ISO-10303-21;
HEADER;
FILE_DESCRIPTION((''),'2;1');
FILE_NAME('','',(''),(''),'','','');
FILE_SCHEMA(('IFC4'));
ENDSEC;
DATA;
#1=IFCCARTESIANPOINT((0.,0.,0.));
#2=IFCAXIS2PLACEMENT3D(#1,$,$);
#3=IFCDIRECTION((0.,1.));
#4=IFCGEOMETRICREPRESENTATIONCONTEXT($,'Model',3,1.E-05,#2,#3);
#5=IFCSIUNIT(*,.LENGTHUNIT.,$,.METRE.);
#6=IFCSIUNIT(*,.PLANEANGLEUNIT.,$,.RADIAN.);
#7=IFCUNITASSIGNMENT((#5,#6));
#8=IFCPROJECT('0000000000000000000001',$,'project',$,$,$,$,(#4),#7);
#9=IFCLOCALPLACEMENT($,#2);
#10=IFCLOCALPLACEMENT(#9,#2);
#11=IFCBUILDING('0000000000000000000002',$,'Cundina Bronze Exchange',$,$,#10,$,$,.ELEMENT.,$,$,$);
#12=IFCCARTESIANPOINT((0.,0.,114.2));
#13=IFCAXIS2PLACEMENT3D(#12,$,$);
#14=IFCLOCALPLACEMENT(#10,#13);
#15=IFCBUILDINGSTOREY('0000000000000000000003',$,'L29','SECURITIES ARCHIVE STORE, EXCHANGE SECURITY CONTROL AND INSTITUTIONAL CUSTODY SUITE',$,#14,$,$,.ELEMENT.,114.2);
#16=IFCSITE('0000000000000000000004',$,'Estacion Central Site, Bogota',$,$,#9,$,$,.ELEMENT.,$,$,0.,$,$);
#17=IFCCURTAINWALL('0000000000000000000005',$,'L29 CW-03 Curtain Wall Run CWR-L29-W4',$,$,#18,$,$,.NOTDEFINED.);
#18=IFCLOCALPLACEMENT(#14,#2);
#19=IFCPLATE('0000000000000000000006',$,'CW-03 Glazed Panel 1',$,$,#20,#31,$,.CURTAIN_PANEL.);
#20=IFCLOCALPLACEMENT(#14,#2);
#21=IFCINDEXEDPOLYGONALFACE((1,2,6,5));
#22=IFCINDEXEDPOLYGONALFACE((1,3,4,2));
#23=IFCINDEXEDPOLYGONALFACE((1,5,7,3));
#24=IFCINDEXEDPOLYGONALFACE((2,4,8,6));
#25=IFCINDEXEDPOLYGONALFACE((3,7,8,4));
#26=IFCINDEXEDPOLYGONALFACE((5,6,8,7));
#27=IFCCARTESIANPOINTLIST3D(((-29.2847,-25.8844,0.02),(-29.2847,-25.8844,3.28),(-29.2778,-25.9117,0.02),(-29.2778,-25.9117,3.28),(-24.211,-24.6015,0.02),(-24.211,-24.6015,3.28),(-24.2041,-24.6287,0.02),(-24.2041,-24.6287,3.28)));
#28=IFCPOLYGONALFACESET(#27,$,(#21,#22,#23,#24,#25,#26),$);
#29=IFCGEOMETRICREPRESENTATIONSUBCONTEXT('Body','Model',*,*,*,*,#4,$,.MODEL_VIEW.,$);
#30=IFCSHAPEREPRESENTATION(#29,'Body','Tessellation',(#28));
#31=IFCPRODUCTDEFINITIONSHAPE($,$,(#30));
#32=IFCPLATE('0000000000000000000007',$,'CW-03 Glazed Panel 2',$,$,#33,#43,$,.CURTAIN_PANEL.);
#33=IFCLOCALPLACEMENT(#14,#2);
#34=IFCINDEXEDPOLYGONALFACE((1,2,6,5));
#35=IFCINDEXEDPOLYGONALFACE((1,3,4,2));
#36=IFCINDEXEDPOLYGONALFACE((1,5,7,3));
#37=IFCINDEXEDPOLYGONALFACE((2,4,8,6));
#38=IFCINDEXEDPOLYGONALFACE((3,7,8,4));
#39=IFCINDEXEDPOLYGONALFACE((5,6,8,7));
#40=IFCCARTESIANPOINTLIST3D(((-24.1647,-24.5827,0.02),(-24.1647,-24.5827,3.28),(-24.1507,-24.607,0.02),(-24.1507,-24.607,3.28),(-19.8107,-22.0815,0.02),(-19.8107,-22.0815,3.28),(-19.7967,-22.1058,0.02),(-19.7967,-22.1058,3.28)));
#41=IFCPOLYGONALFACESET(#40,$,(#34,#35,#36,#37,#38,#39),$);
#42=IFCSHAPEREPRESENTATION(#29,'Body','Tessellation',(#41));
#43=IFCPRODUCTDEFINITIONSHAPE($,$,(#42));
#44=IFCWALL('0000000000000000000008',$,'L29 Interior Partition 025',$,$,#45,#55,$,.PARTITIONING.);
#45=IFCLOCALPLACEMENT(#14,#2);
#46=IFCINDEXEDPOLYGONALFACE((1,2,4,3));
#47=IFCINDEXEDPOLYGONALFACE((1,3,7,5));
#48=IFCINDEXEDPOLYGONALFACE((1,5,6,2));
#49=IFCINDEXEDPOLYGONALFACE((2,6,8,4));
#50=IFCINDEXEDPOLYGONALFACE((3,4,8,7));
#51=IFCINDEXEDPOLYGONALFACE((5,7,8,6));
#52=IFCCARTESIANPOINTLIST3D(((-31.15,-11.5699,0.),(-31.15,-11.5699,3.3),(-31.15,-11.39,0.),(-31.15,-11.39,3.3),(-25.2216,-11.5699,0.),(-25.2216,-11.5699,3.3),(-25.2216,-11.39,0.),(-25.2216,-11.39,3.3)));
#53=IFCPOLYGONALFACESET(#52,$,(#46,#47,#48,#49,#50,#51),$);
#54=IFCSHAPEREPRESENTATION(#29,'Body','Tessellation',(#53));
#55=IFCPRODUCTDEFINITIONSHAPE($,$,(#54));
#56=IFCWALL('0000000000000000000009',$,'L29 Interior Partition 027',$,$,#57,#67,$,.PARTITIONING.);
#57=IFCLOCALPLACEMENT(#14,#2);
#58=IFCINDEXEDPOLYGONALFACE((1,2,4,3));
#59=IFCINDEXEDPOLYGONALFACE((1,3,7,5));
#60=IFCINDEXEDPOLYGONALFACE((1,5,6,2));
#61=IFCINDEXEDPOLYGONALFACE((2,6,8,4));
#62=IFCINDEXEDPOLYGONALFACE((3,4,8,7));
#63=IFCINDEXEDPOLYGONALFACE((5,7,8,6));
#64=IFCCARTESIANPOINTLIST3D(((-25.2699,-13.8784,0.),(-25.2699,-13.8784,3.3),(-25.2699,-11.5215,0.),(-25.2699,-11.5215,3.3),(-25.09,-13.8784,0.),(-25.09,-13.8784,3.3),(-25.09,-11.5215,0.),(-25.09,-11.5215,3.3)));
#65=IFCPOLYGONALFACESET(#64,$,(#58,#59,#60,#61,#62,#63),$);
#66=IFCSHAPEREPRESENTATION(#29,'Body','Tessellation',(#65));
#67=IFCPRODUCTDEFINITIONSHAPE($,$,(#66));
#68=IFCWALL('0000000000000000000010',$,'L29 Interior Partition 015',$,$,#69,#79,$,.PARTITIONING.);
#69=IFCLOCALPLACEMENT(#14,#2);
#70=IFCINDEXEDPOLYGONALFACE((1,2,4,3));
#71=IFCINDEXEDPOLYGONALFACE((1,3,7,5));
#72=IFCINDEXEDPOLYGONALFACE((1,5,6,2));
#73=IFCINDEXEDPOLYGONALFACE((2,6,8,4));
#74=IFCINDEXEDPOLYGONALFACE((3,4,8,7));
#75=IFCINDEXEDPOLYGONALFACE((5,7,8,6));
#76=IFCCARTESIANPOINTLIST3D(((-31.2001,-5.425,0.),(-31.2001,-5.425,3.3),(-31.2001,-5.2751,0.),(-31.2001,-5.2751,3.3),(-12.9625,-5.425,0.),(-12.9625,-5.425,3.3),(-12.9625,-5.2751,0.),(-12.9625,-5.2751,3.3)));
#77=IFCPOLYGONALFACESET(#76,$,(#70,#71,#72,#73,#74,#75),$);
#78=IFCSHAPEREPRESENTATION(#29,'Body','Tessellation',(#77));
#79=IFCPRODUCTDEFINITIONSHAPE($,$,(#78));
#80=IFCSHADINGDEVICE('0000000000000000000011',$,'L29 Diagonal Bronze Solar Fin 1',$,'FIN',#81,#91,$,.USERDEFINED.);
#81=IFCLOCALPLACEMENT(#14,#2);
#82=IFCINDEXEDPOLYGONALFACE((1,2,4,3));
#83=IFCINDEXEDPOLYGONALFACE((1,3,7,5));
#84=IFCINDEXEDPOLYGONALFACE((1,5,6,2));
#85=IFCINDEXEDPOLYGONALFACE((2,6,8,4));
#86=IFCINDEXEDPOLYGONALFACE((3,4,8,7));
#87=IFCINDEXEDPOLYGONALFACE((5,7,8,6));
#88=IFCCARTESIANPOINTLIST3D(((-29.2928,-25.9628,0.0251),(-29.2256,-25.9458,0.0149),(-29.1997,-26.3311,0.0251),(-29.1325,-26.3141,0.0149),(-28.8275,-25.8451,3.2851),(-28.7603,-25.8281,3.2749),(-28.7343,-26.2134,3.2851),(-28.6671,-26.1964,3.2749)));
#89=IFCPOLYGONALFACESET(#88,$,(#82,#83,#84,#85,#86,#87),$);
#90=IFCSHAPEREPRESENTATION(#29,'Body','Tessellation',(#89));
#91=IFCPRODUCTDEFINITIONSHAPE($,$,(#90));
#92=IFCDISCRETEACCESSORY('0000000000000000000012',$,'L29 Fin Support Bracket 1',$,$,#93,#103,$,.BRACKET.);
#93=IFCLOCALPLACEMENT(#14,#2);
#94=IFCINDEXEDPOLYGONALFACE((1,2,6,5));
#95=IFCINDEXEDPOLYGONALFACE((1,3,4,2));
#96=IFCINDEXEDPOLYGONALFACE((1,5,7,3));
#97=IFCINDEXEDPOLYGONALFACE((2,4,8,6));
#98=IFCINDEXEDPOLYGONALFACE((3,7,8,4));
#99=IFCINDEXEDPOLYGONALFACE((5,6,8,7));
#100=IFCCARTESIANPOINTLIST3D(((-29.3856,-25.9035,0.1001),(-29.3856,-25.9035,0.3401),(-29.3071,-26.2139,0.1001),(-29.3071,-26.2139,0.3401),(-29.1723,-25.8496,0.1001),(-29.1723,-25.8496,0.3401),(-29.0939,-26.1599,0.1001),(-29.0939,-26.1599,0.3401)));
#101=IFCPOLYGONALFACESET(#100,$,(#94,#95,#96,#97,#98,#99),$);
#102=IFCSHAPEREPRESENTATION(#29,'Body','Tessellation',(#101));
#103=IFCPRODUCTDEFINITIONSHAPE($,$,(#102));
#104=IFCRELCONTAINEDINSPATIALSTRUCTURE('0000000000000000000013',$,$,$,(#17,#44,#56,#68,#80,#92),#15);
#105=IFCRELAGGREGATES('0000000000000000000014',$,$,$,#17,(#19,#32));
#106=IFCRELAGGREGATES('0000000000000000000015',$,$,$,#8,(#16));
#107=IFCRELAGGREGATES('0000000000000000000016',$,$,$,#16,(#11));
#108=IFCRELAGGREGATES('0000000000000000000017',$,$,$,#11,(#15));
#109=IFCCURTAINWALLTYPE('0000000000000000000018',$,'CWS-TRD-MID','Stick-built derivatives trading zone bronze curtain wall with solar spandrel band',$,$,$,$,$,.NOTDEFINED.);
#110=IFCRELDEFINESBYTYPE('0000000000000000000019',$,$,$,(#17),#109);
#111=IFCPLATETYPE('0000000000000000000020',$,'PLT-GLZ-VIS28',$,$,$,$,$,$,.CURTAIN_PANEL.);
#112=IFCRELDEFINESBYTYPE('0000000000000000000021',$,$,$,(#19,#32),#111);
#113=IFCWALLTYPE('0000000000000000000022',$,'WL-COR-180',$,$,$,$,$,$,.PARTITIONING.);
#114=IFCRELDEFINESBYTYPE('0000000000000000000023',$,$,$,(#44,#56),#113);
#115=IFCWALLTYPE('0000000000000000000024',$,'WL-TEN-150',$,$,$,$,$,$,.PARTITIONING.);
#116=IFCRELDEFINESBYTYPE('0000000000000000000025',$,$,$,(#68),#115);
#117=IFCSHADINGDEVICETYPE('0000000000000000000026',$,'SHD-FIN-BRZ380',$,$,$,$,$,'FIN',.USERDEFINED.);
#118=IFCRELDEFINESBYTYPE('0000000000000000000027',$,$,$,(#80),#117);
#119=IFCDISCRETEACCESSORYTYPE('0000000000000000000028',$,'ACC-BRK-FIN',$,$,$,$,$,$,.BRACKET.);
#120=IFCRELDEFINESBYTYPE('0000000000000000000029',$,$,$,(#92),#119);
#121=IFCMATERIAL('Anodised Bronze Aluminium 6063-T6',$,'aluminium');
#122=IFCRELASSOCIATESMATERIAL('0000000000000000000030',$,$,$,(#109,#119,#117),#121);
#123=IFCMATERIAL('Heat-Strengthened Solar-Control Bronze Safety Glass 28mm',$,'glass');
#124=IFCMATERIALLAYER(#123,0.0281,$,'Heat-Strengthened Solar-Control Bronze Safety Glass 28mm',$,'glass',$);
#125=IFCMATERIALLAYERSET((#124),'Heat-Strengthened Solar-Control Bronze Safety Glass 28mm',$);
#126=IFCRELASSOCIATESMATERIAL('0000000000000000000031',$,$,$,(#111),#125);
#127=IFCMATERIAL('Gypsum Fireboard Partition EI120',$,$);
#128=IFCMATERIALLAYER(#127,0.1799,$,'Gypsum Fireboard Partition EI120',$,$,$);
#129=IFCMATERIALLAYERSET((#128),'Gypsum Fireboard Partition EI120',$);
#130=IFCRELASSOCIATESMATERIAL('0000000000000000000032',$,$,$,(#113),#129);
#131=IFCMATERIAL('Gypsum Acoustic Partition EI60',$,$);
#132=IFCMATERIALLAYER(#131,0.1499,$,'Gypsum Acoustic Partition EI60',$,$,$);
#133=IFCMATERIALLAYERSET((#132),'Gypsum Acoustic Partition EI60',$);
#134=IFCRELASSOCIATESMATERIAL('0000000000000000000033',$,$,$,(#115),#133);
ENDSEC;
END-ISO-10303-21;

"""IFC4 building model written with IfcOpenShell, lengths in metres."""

from ifc_helpers import new_model, si_unit, direction, frame, frame_2d, origin, origin_2d, place, context, subcontext, project, spatial, rectangle, extrude, material, layer, layer_set, material_profile, profile_set, type_object, element, aggregate, save


model = new_model("IFC4")

# Units and contexts
model_context = context("Model", 3, precision=1e-05, world=origin(), true_north=direction((0.0, 1.0)))
body_context = subcontext(model_context, "Body", "Model", "MODEL_VIEW")
ifc_project = project(units=[si_unit("LENGTHUNIT", "METRE"), si_unit("PLANEANGLEUNIT", "RADIAN")], contexts=[model_context])

# Site, building, storey
site_placement = place(None, origin())
site = spatial("IfcSite", under=ifc_project, at=site_placement, Name="Estacion Central Site, Bogota", CompositionType="ELEMENT", RefElevation=0.0)
building_placement = place(site_placement, origin())
building = spatial("IfcBuilding", under=site, at=building_placement, Name="Cundina Bronze Exchange", CompositionType="ELEMENT")
storey_placement = place(building_placement, frame((0.0, 0.0, 114.2)))
storey = spatial("IfcBuildingStorey", under=building, at=storey_placement, Name="L29", Description="SECURITIES ARCHIVE STORE, EXCHANGE SECURITY CONTROL AND INSTITUTIONAL CUSTODY SUITE", CompositionType="ELEMENT", Elevation=114.2)

# Shared definitions
ifc_material_1 = material(Name="Anodised Bronze Aluminium 6063-T6", Category="aluminium")
curtain_wall_type = type_object("IfcCurtainWallType", Name="CWS-TRD-MID", Description="Stick-built derivatives trading zone bronze curtain wall with solar spandrel band", PredefinedType="NOTDEFINED", material=ifc_material_1)

# Curtain wall, plates
curtain_wall_1_placement = place(storey_placement, origin())
curtain_wall_1 = element("IfcCurtainWall", 1, at=curtain_wall_1_placement, inside=storey, type_object=curtain_wall_type, Name="L29 CW-03 Curtain Wall Run CWR-L29-W4", PredefinedType="NOTDEFINED")
ifc_material_2 = material(Name="Heat-Strengthened Solar-Control Bronze Safety Glass 28mm", Category="glass")
ifc_layer_1 = layer(ifc_material_2, 0.0281, Name="Heat-Strengthened Solar-Control Bronze Safety Glass 28mm", Category="glass")
ifc_layer_set_1 = layer_set([ifc_layer_1], Name="Heat-Strengthened Solar-Control Bronze Safety Glass 28mm")
plate_type = type_object("IfcPlateType", Name="PLT-GLZ-VIS28", PredefinedType="CURTAIN_PANEL", material=ifc_layer_set_1)
plate_1_placement = place(storey_placement, frame((-26.7444, -25.2566, 0.02), z_axis=(0.0, 0.0, 1.0), x_axis=(0.969488, 0.245138, 0.0)))
plate_1 = element("IfcPlate", 2, at=plate_1_placement, type_object=plate_type, Name="CW-03 Glazed Panel 1", PredefinedType="CURTAIN_PANEL", context=body_context, shape_type="SweptSolid", body=[
    extrude(rectangle(XDim=5.2334, YDim=0.0281, at=origin_2d()), origin(), (0.0, 0.0, 1.0), 3.26),
])
plate_2_placement = place(storey_placement, frame((-21.9807, -23.3442, 0.02), z_axis=(0.0, 0.0, 1.0), x_axis=(0.867105, 0.498125, 0.0)))
plate_2 = element("IfcPlate", 3, at=plate_2_placement, type_object=plate_type, Name="CW-03 Glazed Panel 2", PredefinedType="CURTAIN_PANEL", context=body_context, shape_type="SweptSolid", body=[
    extrude(rectangle(XDim=5.0212, YDim=0.0281, at=origin_2d()), origin(), (0.0, 0.0, 1.0), 3.26),
])
aggregate(curtain_wall_1, [plate_1, plate_2])

# Walls
ifc_material_3 = material(Name="Gypsum Fireboard Partition EI120")
ifc_layer_2 = layer(ifc_material_3, 0.1799, Name="Gypsum Fireboard Partition EI120")
ifc_layer_set_2 = layer_set([ifc_layer_2], Name="Gypsum Fireboard Partition EI120")
wall_type_1 = type_object("IfcWallType", Name="WL-COR-180", PredefinedType="PARTITIONING", material=ifc_layer_set_2)
wall_1_placement = place(storey_placement, frame((-25.2214, -11.48, 0.0), z_axis=(0.0, 0.0, 1.0), x_axis=(-1.0, 0.0, 0.0)))
element("IfcWall", 4, at=wall_1_placement, inside=storey, type_object=wall_type_1, Name="L29 Interior Partition 025", PredefinedType="PARTITIONING", context=body_context, shape_type="SweptSolid", body=[
    extrude(rectangle(XDim=5.9285, YDim=0.1799, at=frame_2d((2.9644, 0.0))), origin(), (0.0, 0.0, 1.0), 3.3),
])
wall_2_placement = place(storey_placement, frame((-25.1799, -13.8784, 0.0), z_axis=(0.0, 0.0, 1.0), x_axis=(0.0, 1.0, 0.0)))
element("IfcWall", 5, at=wall_2_placement, inside=storey, type_object=wall_type_1, Name="L29 Interior Partition 027", PredefinedType="PARTITIONING", context=body_context, shape_type="SweptSolid", body=[
    extrude(rectangle(XDim=2.3569, YDim=0.1799, at=frame_2d((1.1785, 0.0))), origin(), (0.0, 0.0, 1.0), 3.3),
])
ifc_material_4 = material(Name="Gypsum Acoustic Partition EI60")
ifc_layer_3 = layer(ifc_material_4, 0.1499, Name="Gypsum Acoustic Partition EI60")
ifc_layer_set_3 = layer_set([ifc_layer_3], Name="Gypsum Acoustic Partition EI60")
wall_type_2 = type_object("IfcWallType", Name="WL-TEN-150", PredefinedType="PARTITIONING", material=ifc_layer_set_3)
wall_3_placement = place(storey_placement, frame((-31.2, -5.3501, 0.0), z_axis=(0.0, 0.0, 1.0), x_axis=(1.0, 0.0, 0.0)))
element("IfcWall", 6, at=wall_3_placement, inside=storey, type_object=wall_type_2, Name="L29 Interior Partition 015", PredefinedType="PARTITIONING", context=body_context, shape_type="SweptSolid", body=[
    extrude(rectangle(XDim=18.2375, YDim=0.1499, at=frame_2d((9.1187, 0.0))), origin(), (0.0, 0.0, 1.0), 3.3),
])

# Shading device
ifc_material_profile_1 = material_profile(ifc_material_1, rectangle(XDim=0.0701, YDim=0.3799, at=origin_2d()), Name="FIN70X380", Category="aluminium")
ifc_profile_set_1 = profile_set([ifc_material_profile_1], Name="Anodised Bronze Aluminium 6063-T6")
shading_device_type = type_object("IfcShadingDeviceType", Name="SHD-FIN-BRZ380", ElementType="FIN", PredefinedType="USERDEFINED", material=ifc_profile_set_1)
shading_device_placement = place(storey_placement, frame((-29.2126, -26.1384, 0.02), z_axis=(0.141217, 0.035712, 0.989334), x_axis=(-0.959141, -0.242553, 0.145663)))
element("IfcShadingDevice", 7, at=shading_device_placement, inside=storey, type_object=shading_device_type, Name="L29 Diagonal Bronze Solar Fin 1", ObjectType="FIN", PredefinedType="USERDEFINED", context=body_context, shape_type="SweptSolid", body=[
    extrude(rectangle(XDim=0.0701, YDim=0.3799, at=origin_2d()), origin(), (0.0, 0.0, 1.0), 3.2952),
])

# Discrete accessory
discrete_accessory_type = type_object("IfcDiscreteAccessoryType", Name="ACC-BRK-FIN", PredefinedType="BRACKET", material=ifc_material_1)
discrete_accessory_placement = place(storey_placement, frame((-29.2397, -26.0317, 0.1001), z_axis=(0.0, 0.0, 1.0), x_axis=(0.969488, 0.245138, 0.0)))
element("IfcDiscreteAccessory", 8, at=discrete_accessory_placement, inside=storey, type_object=discrete_accessory_type, Name="L29 Fin Support Bracket 1", PredefinedType="BRACKET", context=body_context, shape_type="SweptSolid", body=[
    extrude(rectangle(XDim=0.22, YDim=0.3201, at=origin_2d()), origin(), (0.0, 0.0, 1.0), 0.24),
])

save(model, "model.ifc")
